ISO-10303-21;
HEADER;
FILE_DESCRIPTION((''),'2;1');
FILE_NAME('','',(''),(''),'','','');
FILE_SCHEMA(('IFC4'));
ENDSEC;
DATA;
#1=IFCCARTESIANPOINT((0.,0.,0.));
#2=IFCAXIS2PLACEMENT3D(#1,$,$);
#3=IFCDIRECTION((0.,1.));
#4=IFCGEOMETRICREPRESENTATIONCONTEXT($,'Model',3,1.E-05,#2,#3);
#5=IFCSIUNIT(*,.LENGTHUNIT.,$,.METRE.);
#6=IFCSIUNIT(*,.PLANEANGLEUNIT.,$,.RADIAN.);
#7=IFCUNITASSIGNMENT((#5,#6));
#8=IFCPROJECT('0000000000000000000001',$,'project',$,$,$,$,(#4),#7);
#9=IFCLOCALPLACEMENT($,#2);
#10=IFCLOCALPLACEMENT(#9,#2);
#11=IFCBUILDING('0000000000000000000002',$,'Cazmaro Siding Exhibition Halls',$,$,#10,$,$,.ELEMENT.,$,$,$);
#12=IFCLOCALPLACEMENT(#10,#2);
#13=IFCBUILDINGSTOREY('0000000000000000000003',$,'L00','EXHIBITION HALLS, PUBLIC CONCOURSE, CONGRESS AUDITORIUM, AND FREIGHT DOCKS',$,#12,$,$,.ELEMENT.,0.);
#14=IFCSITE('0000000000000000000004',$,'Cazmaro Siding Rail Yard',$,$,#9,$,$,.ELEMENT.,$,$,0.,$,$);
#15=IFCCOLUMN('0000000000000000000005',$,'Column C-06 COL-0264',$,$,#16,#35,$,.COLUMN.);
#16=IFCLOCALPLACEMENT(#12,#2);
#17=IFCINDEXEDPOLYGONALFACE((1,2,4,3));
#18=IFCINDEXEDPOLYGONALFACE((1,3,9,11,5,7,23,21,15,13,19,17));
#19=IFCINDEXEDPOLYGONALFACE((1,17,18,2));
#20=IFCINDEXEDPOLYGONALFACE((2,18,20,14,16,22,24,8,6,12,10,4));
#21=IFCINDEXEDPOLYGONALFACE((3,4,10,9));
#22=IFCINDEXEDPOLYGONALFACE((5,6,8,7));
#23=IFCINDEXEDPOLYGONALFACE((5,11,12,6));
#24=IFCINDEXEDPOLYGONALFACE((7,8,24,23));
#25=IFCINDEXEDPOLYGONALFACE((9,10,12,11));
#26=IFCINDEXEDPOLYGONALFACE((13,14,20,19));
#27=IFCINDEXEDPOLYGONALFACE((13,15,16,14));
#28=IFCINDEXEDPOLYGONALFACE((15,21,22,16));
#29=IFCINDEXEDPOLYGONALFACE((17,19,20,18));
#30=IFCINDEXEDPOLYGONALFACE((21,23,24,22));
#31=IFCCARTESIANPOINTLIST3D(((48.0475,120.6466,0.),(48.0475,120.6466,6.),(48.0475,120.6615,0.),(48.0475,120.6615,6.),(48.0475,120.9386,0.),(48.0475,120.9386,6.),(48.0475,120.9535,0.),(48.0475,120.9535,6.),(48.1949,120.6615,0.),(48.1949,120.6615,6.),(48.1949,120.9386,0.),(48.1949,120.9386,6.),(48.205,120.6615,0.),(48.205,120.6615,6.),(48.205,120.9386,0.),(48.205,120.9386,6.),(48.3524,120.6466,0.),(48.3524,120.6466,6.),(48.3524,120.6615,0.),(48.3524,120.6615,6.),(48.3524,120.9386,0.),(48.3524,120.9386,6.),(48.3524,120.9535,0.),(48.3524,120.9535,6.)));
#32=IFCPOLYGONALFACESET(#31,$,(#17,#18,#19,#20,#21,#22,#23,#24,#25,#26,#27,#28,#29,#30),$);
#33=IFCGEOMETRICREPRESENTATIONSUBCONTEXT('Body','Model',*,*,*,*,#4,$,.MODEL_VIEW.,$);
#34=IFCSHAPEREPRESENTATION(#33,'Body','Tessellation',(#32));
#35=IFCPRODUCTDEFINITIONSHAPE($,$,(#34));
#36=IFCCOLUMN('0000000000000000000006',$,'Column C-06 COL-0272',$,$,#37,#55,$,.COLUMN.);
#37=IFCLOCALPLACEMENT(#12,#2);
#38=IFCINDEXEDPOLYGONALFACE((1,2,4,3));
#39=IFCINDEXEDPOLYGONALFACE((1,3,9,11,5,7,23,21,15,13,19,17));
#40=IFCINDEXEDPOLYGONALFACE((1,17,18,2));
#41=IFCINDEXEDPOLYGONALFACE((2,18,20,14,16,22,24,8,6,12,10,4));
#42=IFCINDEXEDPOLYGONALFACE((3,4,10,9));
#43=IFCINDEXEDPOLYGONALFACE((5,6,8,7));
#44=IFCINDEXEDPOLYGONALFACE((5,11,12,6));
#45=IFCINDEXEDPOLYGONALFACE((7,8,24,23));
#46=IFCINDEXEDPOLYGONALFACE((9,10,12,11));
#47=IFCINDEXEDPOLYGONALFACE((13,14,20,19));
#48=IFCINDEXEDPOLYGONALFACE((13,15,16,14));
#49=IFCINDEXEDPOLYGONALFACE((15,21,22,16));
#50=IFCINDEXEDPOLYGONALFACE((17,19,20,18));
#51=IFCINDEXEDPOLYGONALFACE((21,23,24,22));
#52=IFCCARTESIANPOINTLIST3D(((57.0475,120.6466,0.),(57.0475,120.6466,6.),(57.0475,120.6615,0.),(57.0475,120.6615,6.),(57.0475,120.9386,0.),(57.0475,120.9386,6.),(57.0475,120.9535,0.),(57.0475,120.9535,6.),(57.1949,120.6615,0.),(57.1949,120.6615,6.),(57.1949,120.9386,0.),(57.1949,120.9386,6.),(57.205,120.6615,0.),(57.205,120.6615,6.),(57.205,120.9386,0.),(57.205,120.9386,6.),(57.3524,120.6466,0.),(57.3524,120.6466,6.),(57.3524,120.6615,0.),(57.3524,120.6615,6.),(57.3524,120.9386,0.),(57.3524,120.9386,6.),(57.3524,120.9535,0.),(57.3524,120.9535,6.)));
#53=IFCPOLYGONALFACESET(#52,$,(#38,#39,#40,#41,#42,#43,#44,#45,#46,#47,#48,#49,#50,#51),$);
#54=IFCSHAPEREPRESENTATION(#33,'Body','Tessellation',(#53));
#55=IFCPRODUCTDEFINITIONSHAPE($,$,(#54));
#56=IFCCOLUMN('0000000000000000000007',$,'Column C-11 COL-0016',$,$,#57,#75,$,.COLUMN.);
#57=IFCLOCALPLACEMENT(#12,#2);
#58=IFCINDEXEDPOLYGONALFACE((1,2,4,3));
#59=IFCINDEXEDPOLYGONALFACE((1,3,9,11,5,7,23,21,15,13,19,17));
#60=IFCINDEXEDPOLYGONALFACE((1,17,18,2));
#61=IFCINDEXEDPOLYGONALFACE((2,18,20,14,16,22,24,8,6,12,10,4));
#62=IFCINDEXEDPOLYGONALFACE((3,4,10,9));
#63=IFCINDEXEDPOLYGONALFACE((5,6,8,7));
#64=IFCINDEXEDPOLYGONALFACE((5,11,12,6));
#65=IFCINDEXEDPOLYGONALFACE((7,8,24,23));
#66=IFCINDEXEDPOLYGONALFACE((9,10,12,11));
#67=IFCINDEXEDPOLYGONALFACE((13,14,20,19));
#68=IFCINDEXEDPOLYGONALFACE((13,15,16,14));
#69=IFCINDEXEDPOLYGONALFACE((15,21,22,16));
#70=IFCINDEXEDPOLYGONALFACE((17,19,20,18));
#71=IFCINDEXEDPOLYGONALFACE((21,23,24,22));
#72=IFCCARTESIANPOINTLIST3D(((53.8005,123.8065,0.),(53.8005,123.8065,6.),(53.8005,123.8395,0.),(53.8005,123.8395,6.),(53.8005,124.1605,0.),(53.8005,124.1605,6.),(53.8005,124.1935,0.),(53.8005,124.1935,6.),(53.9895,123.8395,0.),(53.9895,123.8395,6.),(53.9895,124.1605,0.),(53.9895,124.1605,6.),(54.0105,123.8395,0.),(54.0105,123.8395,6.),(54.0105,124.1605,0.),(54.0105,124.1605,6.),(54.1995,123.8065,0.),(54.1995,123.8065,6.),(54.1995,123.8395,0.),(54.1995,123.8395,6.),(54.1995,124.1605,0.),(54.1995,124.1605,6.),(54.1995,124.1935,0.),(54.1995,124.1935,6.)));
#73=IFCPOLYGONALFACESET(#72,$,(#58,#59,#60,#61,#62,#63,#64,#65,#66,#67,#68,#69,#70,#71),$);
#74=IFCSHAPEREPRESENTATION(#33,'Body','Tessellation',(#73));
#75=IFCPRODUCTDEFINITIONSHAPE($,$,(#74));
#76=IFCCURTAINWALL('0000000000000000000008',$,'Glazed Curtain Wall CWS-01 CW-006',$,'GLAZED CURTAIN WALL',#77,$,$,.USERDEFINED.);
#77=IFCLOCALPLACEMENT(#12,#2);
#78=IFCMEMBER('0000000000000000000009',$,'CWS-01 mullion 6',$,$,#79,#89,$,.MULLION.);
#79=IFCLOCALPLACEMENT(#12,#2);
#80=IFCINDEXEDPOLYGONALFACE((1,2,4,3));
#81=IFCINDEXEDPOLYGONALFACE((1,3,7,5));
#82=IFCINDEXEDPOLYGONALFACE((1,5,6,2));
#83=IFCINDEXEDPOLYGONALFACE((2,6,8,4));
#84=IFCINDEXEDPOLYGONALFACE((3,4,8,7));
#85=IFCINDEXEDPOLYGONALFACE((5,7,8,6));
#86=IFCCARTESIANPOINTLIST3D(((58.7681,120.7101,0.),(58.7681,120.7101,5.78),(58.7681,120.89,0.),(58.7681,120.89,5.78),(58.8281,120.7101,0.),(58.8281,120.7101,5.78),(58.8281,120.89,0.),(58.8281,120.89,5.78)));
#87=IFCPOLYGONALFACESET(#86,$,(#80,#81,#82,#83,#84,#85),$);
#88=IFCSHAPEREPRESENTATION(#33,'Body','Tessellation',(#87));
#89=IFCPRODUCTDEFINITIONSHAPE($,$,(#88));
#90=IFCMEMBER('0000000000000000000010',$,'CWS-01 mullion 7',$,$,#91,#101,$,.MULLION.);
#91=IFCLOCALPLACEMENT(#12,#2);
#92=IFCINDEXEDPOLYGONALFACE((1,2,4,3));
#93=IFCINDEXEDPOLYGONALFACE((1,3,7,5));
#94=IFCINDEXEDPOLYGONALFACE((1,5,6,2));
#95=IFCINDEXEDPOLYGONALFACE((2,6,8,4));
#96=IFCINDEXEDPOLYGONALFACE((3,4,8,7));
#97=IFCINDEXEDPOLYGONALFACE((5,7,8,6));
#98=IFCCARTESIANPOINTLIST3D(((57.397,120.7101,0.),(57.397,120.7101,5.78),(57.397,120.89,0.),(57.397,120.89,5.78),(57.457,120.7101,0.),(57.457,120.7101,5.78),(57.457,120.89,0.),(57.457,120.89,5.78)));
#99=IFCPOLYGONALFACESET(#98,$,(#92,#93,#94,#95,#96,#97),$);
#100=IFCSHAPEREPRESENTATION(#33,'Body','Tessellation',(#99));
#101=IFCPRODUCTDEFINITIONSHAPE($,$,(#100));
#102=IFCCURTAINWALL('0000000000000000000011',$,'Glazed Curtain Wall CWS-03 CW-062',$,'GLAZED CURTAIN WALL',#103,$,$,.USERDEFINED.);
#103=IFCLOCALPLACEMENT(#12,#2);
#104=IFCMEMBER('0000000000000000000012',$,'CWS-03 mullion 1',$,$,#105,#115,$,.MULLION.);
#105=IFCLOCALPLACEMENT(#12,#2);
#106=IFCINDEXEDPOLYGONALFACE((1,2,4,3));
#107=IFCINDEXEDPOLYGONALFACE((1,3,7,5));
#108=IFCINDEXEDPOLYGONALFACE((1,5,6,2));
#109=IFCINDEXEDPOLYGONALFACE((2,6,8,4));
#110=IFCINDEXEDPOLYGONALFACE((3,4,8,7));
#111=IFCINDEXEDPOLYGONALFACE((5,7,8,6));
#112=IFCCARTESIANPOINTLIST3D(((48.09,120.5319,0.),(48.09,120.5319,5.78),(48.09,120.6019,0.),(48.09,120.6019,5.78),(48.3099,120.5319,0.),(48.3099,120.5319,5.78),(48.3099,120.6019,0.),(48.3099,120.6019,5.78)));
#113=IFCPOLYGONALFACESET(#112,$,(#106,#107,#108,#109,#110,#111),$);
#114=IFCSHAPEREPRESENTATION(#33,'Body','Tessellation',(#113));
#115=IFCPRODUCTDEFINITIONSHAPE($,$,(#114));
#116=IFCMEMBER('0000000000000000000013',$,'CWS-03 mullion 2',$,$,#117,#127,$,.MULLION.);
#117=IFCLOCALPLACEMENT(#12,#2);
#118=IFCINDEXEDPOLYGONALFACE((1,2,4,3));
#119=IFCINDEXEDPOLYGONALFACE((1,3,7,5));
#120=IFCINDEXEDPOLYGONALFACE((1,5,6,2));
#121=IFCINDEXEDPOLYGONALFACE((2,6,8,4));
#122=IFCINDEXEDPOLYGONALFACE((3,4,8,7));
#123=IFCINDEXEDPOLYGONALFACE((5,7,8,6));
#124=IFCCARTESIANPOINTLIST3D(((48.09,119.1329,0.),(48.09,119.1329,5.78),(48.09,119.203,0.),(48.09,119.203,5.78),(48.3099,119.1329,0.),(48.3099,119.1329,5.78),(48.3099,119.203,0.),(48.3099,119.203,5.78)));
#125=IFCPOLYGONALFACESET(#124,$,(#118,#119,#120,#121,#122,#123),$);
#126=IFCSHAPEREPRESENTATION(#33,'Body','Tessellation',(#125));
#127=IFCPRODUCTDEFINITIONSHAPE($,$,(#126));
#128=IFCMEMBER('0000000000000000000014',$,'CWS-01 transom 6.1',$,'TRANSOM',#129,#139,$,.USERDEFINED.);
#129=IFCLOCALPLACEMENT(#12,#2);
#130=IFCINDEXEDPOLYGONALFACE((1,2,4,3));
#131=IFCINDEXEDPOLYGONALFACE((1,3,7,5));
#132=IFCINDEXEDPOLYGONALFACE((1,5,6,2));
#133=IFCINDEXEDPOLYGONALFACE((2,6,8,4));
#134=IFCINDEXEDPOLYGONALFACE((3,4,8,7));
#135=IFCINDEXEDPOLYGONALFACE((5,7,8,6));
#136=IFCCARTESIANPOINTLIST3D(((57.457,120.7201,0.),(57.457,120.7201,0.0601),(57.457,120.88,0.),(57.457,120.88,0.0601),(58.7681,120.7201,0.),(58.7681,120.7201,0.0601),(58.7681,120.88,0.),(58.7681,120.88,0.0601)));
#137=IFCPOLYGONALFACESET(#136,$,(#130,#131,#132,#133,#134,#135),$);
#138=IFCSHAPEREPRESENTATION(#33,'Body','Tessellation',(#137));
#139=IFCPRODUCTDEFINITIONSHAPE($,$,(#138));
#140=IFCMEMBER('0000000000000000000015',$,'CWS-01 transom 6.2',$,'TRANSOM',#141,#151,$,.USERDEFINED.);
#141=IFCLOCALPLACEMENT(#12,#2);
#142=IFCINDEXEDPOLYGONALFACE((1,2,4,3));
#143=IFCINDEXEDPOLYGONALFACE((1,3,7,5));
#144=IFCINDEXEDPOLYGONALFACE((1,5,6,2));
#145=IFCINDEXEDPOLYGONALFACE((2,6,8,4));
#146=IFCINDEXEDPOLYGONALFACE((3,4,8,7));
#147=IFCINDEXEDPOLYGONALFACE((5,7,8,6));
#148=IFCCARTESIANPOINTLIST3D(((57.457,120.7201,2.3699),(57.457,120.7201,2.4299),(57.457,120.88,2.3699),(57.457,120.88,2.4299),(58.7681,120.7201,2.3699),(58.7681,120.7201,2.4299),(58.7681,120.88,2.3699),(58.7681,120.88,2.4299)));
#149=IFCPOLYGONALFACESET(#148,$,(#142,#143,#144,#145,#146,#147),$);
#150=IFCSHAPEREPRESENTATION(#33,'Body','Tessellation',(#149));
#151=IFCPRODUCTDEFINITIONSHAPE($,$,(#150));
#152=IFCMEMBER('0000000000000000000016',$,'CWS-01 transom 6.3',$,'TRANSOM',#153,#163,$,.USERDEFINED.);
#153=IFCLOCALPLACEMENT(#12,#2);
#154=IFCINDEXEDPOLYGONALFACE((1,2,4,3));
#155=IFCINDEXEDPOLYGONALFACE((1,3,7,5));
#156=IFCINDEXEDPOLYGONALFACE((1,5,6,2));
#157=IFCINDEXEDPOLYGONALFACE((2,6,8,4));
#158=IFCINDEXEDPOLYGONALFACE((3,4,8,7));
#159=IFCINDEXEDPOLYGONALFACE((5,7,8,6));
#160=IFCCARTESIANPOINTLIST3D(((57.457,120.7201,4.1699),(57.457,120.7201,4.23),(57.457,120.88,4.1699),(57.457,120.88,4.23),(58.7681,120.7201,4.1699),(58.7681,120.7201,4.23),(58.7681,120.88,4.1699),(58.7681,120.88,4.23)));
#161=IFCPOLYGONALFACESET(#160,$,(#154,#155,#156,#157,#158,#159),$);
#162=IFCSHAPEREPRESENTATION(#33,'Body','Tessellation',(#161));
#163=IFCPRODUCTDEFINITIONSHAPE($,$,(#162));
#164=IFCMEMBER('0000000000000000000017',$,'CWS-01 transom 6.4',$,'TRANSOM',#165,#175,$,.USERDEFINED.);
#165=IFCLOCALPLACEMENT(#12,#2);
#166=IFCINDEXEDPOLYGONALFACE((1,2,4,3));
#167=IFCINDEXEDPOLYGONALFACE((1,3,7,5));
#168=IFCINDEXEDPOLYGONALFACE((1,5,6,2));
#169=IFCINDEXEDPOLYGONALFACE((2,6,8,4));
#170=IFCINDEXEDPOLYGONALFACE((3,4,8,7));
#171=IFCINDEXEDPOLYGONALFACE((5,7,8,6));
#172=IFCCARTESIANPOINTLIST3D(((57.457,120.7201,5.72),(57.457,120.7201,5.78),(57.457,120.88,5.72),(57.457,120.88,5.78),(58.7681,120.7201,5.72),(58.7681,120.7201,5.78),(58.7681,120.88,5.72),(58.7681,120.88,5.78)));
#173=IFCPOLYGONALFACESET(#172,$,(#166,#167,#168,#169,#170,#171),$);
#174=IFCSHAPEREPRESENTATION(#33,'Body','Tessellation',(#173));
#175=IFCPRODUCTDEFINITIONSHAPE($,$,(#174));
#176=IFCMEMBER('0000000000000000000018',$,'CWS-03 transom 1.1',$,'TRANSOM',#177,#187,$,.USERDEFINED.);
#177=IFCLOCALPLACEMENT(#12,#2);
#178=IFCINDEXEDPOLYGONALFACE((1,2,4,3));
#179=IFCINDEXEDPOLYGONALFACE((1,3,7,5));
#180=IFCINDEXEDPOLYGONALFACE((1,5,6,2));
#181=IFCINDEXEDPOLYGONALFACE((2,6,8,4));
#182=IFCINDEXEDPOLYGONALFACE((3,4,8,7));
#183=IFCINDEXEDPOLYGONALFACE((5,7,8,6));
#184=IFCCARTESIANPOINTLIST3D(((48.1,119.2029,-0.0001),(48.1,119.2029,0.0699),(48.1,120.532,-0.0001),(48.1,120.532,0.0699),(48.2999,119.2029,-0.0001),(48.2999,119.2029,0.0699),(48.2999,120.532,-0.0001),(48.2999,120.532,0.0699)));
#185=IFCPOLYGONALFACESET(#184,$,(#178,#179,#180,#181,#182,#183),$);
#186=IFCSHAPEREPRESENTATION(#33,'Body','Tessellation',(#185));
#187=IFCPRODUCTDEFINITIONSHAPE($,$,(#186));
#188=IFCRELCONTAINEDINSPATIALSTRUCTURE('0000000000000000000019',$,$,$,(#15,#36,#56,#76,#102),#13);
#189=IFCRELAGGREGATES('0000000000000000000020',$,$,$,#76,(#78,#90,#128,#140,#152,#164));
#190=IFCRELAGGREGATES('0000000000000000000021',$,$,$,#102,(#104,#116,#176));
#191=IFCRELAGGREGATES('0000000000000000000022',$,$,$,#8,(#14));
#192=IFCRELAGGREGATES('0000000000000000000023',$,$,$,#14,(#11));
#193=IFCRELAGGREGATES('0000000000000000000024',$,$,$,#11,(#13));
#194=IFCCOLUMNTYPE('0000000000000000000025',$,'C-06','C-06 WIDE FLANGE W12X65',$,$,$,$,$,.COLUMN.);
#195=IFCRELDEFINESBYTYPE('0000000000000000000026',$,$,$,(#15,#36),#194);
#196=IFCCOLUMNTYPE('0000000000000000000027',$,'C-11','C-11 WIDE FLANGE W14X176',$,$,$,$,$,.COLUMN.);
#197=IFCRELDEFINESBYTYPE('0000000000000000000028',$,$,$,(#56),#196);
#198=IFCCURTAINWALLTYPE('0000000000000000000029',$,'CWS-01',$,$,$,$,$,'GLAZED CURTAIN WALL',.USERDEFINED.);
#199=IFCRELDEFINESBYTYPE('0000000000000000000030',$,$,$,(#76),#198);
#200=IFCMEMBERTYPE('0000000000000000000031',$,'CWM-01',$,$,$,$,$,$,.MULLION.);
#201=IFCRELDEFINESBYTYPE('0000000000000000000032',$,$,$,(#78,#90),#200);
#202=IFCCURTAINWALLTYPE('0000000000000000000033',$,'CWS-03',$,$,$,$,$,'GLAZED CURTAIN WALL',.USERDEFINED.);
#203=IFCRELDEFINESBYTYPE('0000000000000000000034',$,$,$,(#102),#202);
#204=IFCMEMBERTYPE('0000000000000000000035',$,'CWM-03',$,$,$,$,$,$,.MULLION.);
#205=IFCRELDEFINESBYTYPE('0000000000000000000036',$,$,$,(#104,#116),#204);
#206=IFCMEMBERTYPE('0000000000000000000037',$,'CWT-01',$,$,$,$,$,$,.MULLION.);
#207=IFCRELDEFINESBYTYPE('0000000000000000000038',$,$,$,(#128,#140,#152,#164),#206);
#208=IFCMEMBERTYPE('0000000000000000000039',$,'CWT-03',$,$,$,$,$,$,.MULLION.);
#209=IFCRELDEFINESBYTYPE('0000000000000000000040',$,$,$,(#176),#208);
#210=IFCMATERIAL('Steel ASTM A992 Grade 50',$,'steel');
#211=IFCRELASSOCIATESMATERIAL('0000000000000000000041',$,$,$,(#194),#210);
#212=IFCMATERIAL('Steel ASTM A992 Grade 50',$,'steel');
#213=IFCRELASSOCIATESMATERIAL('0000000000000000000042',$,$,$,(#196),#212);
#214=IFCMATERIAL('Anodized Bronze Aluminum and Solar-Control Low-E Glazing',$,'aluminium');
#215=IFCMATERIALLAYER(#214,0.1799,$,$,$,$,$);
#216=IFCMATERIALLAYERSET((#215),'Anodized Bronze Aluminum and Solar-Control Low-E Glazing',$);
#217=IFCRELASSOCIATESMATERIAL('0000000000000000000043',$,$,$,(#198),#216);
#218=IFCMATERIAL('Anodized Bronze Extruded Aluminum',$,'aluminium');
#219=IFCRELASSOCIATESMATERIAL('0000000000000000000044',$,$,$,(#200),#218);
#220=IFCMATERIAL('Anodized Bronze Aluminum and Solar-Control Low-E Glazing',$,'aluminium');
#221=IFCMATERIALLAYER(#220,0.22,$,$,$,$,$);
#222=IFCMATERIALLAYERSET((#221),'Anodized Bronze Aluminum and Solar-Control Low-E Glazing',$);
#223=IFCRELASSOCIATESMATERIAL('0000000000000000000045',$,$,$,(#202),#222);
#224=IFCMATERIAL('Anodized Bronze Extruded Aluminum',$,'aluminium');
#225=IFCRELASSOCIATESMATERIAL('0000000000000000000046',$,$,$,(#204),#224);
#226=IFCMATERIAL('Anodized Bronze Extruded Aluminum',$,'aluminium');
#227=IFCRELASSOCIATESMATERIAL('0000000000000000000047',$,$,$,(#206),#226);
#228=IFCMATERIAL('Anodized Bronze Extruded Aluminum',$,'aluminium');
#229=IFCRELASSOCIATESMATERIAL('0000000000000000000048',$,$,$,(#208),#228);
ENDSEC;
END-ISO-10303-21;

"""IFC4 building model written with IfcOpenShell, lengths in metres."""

from ifc_helpers import new_model, si_unit, direction, frame, origin, origin_2d, place, context, subcontext, project, spatial, rectangle, i_section, extrude, material, layer, layer_set, material_profile, profile_set, type_object, element, aggregate, save


model = new_model("IFC4")

# Units and contexts
model_context = context("Model", 3, precision=1e-05, world=origin(), true_north=direction((0.0, 1.0)))
body_context = subcontext(model_context, "Body", "Model", "MODEL_VIEW")
ifc_project = project(units=[si_unit("LENGTHUNIT", "METRE"), si_unit("PLANEANGLEUNIT", "RADIAN")], contexts=[model_context])

# Site, building, storey
site_placement = place(None, origin())
site = spatial("IfcSite", under=ifc_project, at=site_placement, Name="Cazmaro Siding Rail Yard", CompositionType="ELEMENT", RefElevation=0.0)
building_placement = place(site_placement, origin())
building = spatial("IfcBuilding", under=site, at=building_placement, Name="Cazmaro Siding Exhibition Halls", CompositionType="ELEMENT")
storey_placement = place(building_placement, origin())
storey = spatial("IfcBuildingStorey", under=building, at=storey_placement, Name="L00", Description="EXHIBITION HALLS, PUBLIC CONCOURSE, CONGRESS AUDITORIUM, AND FREIGHT DOCKS", CompositionType="ELEMENT", Elevation=0.0)

# Columns
ifc_material_1 = material(Name="Steel ASTM A992 Grade 50", Category="steel")
ifc_material_profile_1 = material_profile(ifc_material_1, i_section(OverallWidth=0.3049, OverallDepth=0.3069, WebThickness=0.01, FlangeThickness=0.0149, at=origin_2d()), Name="W12X65")
ifc_profile_set_1 = profile_set([ifc_material_profile_1], Name="Steel ASTM A992 Grade 50")
column_type_1 = type_object("IfcColumnType", Name="C-06", Description="C-06 WIDE FLANGE W12X65", PredefinedType="COLUMN", material=ifc_profile_set_1)
for number, where, z_axis, x_axis, name in (
    (1, (48.2, 120.8, 0.0), (0.0, 0.0, 1.0), (1.0, 0.0, 0.0), "Column C-06 COL-0264"),
    (2, (57.2, 120.8, 0.0), (0.0, 0.0, 1.0), (1.0, 0.0, 0.0), "Column C-06 COL-0272"),
):
    element("IfcColumn", number, at=place(storey_placement, frame(where, z_axis=z_axis, x_axis=x_axis)), inside=storey, type_object=column_type_1, Name=name, PredefinedType="COLUMN", context=body_context, shape_type="SweptSolid", body=[
        extrude(i_section(OverallWidth=0.3049, OverallDepth=0.3069, WebThickness=0.01, FlangeThickness=0.0149, at=origin_2d()), origin(), (0.0, 0.0, 1.0), 6.0),
    ])
ifc_material_2 = material(Name="Steel ASTM A992 Grade 50", Category="steel")
ifc_material_profile_2 = material_profile(ifc_material_2, i_section(OverallWidth=0.3989, OverallDepth=0.387, WebThickness=0.021, FlangeThickness=0.033, at=origin_2d()), Name="W14X176")
ifc_profile_set_2 = profile_set([ifc_material_profile_2], Name="Steel ASTM A992 Grade 50")
column_type_2 = type_object("IfcColumnType", Name="C-11", Description="C-11 WIDE FLANGE W14X176", PredefinedType="COLUMN", material=ifc_profile_set_2)
column_placement = place(storey_placement, frame((54.0, 124.0, 0.0), z_axis=(0.0, 0.0, 1.0), x_axis=(1.0, 0.0, 0.0)))
element("IfcColumn", 3, at=column_placement, inside=storey, type_object=column_type_2, Name="Column C-11 COL-0016", PredefinedType="COLUMN", context=body_context, shape_type="SweptSolid", body=[
    extrude(i_section(OverallWidth=0.3989, OverallDepth=0.387, WebThickness=0.021, FlangeThickness=0.033, at=origin_2d()), origin(), (0.0, 0.0, 1.0), 6.0),
])

# Curtain walls, members
ifc_material_3 = material(Name="Anodized Bronze Aluminum and Solar-Control Low-E Glazing", Category="aluminium")
ifc_layer_1 = layer(ifc_material_3, 0.1799)
ifc_layer_set_1 = layer_set([ifc_layer_1], Name="Anodized Bronze Aluminum and Solar-Control Low-E Glazing")
curtain_wall_type_1 = type_object("IfcCurtainWallType", Name="CWS-01", ElementType="GLAZED CURTAIN WALL", PredefinedType="USERDEFINED", material=ifc_layer_set_1)
curtain_wall_1_placement = place(storey_placement, origin())
curtain_wall_1 = element("IfcCurtainWall", 4, at=curtain_wall_1_placement, inside=storey, type_object=curtain_wall_type_1, Name="Glazed Curtain Wall CWS-01 CW-006", ObjectType="GLAZED CURTAIN WALL", PredefinedType="USERDEFINED")
ifc_material_4 = material(Name="Anodized Bronze Extruded Aluminum", Category="aluminium")
ifc_material_profile_3 = material_profile(ifc_material_4, rectangle(XDim=0.1799, YDim=0.0601, at=origin_2d()), Name="CWM-01")
ifc_profile_set_3 = profile_set([ifc_material_profile_3], Name="Anodized Bronze Extruded Aluminum")
member_type_1 = type_object("IfcMemberType", Name="CWM-01", PredefinedType="MULLION", material=ifc_profile_set_3)
member_1_placement = place(storey_placement, frame((58.7981, 120.8, 0.0), z_axis=(0.0, 0.0, 1.0), x_axis=(0.0, -1.0, 0.0)))
member_1 = element("IfcMember", 5, at=member_1_placement, type_object=member_type_1, Name="CWS-01 mullion 6", PredefinedType="MULLION", context=body_context, shape_type="SweptSolid", body=[
    extrude(rectangle(XDim=0.1799, YDim=0.0601, at=origin_2d()), origin(), (0.0, 0.0, 1.0), 5.78),
])
member_2_placement = place(storey_placement, frame((57.427, 120.8, 0.0), z_axis=(0.0, 0.0, 1.0), x_axis=(0.0, -1.0, 0.0)))
member_2 = element("IfcMember", 6, at=member_2_placement, type_object=member_type_1, Name="CWS-01 mullion 7", PredefinedType="MULLION", context=body_context, shape_type="SweptSolid", body=[
    extrude(rectangle(XDim=0.1799, YDim=0.0601, at=origin_2d()), origin(), (0.0, 0.0, 1.0), 5.78),
])
ifc_material_5 = material(Name="Anodized Bronze Aluminum and Solar-Control Low-E Glazing", Category="aluminium")
ifc_layer_2 = layer(ifc_material_5, 0.22)
ifc_layer_set_2 = layer_set([ifc_layer_2], Name="Anodized Bronze Aluminum and Solar-Control Low-E Glazing")
curtain_wall_type_2 = type_object("IfcCurtainWallType", Name="CWS-03", ElementType="GLAZED CURTAIN WALL", PredefinedType="USERDEFINED", material=ifc_layer_set_2)
curtain_wall_2_placement = place(storey_placement, origin())
curtain_wall_2 = element("IfcCurtainWall", 7, at=curtain_wall_2_placement, inside=storey, type_object=curtain_wall_type_2, Name="Glazed Curtain Wall CWS-03 CW-062", ObjectType="GLAZED CURTAIN WALL", PredefinedType="USERDEFINED")
ifc_material_6 = material(Name="Anodized Bronze Extruded Aluminum", Category="aluminium")
ifc_material_profile_4 = material_profile(ifc_material_6, rectangle(XDim=0.22, YDim=0.0701, at=origin_2d()), Name="CWM-03")
ifc_profile_set_4 = profile_set([ifc_material_profile_4], Name="Anodized Bronze Extruded Aluminum")
member_type_2 = type_object("IfcMemberType", Name="CWM-03", PredefinedType="MULLION", material=ifc_profile_set_4)
member_3_placement = place(storey_placement, frame((48.2, 120.5669, 0.0), z_axis=(0.0, 0.0, 1.0), x_axis=(1.0, 0.0, 0.0)))
member_3 = element("IfcMember", 8, at=member_3_placement, type_object=member_type_2, Name="CWS-03 mullion 1", PredefinedType="MULLION", context=body_context, shape_type="SweptSolid", body=[
    extrude(rectangle(XDim=0.22, YDim=0.0701, at=origin_2d()), origin(), (0.0, 0.0, 1.0), 5.78),
])
member_4_placement = place(storey_placement, frame((48.2, 119.168, 0.0), z_axis=(0.0, 0.0, 1.0), x_axis=(1.0, 0.0, 0.0)))
member_4 = element("IfcMember", 9, at=member_4_placement, type_object=member_type_2, Name="CWS-03 mullion 2", PredefinedType="MULLION", context=body_context, shape_type="SweptSolid", body=[
    extrude(rectangle(XDim=0.22, YDim=0.0701, at=origin_2d()), origin(), (0.0, 0.0, 1.0), 5.78),
])

# Members
ifc_material_7 = material(Name="Anodized Bronze Extruded Aluminum", Category="aluminium")
ifc_material_profile_5 = material_profile(ifc_material_7, rectangle(XDim=0.1599, YDim=0.0601, at=origin_2d()), Name="CWT-01")
ifc_profile_set_5 = profile_set([ifc_material_profile_5], Name="Anodized Bronze Extruded Aluminum")
member_type_3 = type_object("IfcMemberType", Name="CWT-01", PredefinedType="MULLION", material=ifc_profile_set_5)
member_5_placement = place(storey_placement, frame((58.7681, 120.8, 0.03), z_axis=(-1.0, 0.0, 0.0), x_axis=(0.0, -1.0, 0.0)))
member_5 = element("IfcMember", 10, at=member_5_placement, type_object=member_type_3, Name="CWS-01 transom 6.1", ObjectType="TRANSOM", PredefinedType="USERDEFINED", context=body_context, shape_type="SweptSolid", body=[
    extrude(rectangle(XDim=0.1599, YDim=0.0601, at=origin_2d()), origin(), (0.0, 0.0, 1.0), 1.311),
])
member_6_placement = place(storey_placement, frame((58.7681, 120.8, 2.3999), z_axis=(-1.0, 0.0, 0.0), x_axis=(0.0, -1.0, 0.0)))
member_6 = element("IfcMember", 11, at=member_6_placement, type_object=member_type_3, Name="CWS-01 transom 6.2", ObjectType="TRANSOM", PredefinedType="USERDEFINED", context=body_context, shape_type="SweptSolid", body=[
    extrude(rectangle(XDim=0.1599, YDim=0.0601, at=origin_2d()), origin(), (0.0, 0.0, 1.0), 1.311),
])
member_7_placement = place(storey_placement, frame((58.7681, 120.8, 4.2), z_axis=(-1.0, 0.0, 0.0), x_axis=(0.0, -1.0, 0.0)))
member_7 = element("IfcMember", 12, at=member_7_placement, type_object=member_type_3, Name="CWS-01 transom 6.3", ObjectType="TRANSOM", PredefinedType="USERDEFINED", context=body_context, shape_type="SweptSolid", body=[
    extrude(rectangle(XDim=0.1599, YDim=0.0601, at=origin_2d()), origin(), (0.0, 0.0, 1.0), 1.311),
])
member_8_placement = place(storey_placement, frame((58.7681, 120.8, 5.75), z_axis=(-1.0, 0.0, 0.0), x_axis=(0.0, -1.0, 0.0)))
member_8 = element("IfcMember", 13, at=member_8_placement, type_object=member_type_3, Name="CWS-01 transom 6.4", ObjectType="TRANSOM", PredefinedType="USERDEFINED", context=body_context, shape_type="SweptSolid", body=[
    extrude(rectangle(XDim=0.1599, YDim=0.0601, at=origin_2d()), origin(), (0.0, 0.0, 1.0), 1.311),
])
ifc_material_8 = material(Name="Anodized Bronze Extruded Aluminum", Category="aluminium")
ifc_material_profile_6 = material_profile(ifc_material_8, rectangle(XDim=0.2, YDim=0.0701, at=origin_2d()), Name="CWT-03")
ifc_profile_set_6 = profile_set([ifc_material_profile_6], Name="Anodized Bronze Extruded Aluminum")
member_type_4 = type_object("IfcMemberType", Name="CWT-03", PredefinedType="MULLION", material=ifc_profile_set_6)
member_9_placement = place(storey_placement, frame((48.2, 120.532, 0.0349), z_axis=(0.0, -1.0, 0.0), x_axis=(1.0, 0.0, 0.0)))
member_9 = element("IfcMember", 14, at=member_9_placement, type_object=member_type_4, Name="CWS-03 transom 1.1", ObjectType="TRANSOM", PredefinedType="USERDEFINED", context=body_context, shape_type="SweptSolid", body=[
    extrude(rectangle(XDim=0.2, YDim=0.0701, at=origin_2d()), origin(), (0.0, 0.0, 1.0), 1.3291),
])

aggregate(curtain_wall_1, [member_1, member_2, member_5, member_6, member_7, member_8])
aggregate(curtain_wall_2, [member_3, member_4, member_9])

save(model, "model.ifc")
